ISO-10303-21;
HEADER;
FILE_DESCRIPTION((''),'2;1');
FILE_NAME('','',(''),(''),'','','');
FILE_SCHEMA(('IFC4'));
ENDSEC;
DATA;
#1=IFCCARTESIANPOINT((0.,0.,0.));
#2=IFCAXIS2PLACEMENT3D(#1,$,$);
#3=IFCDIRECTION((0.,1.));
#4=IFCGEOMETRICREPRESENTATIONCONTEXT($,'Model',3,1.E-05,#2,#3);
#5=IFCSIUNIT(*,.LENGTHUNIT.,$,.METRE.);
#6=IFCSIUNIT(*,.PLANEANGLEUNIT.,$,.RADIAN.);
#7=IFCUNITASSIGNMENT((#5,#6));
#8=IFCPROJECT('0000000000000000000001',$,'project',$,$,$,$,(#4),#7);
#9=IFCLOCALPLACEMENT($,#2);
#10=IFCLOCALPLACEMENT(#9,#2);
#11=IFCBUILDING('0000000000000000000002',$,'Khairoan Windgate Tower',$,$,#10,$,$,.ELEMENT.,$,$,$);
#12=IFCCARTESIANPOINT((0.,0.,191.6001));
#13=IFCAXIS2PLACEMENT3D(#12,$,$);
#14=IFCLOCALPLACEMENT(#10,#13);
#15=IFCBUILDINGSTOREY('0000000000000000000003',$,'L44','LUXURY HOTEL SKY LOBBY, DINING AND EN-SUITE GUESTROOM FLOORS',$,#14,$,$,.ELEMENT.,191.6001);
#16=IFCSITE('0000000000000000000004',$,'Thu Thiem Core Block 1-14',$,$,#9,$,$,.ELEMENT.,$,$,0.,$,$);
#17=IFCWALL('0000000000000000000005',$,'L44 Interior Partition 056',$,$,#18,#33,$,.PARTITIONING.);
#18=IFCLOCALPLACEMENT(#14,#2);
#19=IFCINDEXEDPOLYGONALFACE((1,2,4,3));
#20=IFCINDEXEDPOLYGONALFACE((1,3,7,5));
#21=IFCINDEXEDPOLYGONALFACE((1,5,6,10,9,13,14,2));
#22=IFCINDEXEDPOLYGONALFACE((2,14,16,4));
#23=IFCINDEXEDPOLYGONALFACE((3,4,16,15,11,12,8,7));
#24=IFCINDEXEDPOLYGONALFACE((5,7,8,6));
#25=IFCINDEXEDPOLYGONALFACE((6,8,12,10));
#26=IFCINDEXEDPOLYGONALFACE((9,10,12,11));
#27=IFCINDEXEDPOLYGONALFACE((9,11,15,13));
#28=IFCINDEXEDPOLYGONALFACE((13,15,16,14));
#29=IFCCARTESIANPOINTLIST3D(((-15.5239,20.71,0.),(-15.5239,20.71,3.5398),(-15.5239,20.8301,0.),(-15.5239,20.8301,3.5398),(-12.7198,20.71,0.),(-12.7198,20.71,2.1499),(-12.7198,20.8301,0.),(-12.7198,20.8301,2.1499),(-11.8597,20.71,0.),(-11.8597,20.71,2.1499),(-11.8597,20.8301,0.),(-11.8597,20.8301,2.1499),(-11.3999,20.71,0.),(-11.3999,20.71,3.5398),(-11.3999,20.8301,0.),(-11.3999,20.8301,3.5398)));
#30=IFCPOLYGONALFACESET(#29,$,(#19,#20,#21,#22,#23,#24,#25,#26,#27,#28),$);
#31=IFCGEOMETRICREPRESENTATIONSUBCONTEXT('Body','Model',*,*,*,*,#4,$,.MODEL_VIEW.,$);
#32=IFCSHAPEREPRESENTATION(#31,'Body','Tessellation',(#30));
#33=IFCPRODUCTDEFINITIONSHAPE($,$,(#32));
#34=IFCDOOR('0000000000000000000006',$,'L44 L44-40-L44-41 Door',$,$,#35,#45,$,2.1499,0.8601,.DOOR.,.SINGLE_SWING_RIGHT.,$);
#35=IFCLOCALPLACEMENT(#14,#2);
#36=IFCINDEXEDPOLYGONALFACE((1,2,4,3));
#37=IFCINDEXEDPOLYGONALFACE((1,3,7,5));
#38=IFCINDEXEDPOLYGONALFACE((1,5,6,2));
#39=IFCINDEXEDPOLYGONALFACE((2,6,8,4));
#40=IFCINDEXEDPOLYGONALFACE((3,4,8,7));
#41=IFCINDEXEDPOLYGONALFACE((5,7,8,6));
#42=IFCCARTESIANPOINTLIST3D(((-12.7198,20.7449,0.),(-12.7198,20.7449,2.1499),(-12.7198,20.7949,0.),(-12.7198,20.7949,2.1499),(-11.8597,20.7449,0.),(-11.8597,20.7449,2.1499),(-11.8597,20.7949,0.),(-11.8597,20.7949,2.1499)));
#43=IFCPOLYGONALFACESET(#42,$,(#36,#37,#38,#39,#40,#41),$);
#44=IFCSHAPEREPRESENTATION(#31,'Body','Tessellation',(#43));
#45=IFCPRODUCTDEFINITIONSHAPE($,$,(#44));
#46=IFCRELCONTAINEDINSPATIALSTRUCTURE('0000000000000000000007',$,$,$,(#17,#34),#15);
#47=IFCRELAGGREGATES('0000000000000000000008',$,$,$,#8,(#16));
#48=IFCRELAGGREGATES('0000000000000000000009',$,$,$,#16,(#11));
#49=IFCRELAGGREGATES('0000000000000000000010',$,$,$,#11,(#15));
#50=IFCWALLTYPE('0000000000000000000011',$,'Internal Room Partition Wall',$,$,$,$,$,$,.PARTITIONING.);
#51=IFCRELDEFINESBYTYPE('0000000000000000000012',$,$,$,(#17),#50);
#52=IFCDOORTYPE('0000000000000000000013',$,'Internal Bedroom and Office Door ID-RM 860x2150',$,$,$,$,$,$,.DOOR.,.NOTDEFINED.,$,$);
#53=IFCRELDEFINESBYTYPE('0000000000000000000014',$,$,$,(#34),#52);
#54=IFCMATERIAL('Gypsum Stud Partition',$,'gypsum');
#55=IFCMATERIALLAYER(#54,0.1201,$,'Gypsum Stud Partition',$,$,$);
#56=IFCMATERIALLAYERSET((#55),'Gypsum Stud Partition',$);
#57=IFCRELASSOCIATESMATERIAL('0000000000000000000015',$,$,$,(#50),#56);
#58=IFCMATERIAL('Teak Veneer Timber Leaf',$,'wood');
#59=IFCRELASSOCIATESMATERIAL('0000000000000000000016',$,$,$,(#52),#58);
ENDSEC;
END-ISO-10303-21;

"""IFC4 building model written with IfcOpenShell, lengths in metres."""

from ifc_helpers import new_model, si_unit, direction, frame, frame_2d, origin, place, context, subcontext, project, spatial, rectangle, extrude, material, layer, layer_set, type_object, element, fill, save


model = new_model("IFC4")

# Units and contexts
model_context = context("Model", 3, precision=1e-05, world=origin(), true_north=direction((0.0, 1.0)))
body_context = subcontext(model_context, "Body", "Model", "MODEL_VIEW")
ifc_project = project(units=[si_unit("LENGTHUNIT", "METRE"), si_unit("PLANEANGLEUNIT", "RADIAN")], contexts=[model_context])

# Site, building, storey
site_placement = place(None, origin())
site = spatial("IfcSite", under=ifc_project, at=site_placement, Name="Thu Thiem Core Block 1-14", CompositionType="ELEMENT", RefElevation=0.0)
building_placement = place(site_placement, origin())
building = spatial("IfcBuilding", under=site, at=building_placement, Name="Khairoan Windgate Tower", CompositionType="ELEMENT")
storey_placement = place(building_placement, frame((0.0, 0.0, 191.6001)))
storey = spatial("IfcBuildingStorey", under=building, at=storey_placement, Name="L44", Description="LUXURY HOTEL SKY LOBBY, DINING AND EN-SUITE GUESTROOM FLOORS", CompositionType="ELEMENT", Elevation=191.6001)

# Wall, opening, door
ifc_material_1 = material(Name="Gypsum Stud Partition", Category="gypsum")
ifc_layer_1 = layer(ifc_material_1, 0.1201, Name="Gypsum Stud Partition")
ifc_layer_set_1 = layer_set([ifc_layer_1], Name="Gypsum Stud Partition")
wall_type_1 = type_object("IfcWallType", Name="Internal Room Partition Wall", PredefinedType="PARTITIONING", material=ifc_layer_set_1)
wall_1_placement = place(storey_placement, frame((-15.5239, 20.77, 0.0), z_axis=(0.0, 0.0, 1.0), x_axis=(1.0, 0.0, 0.0)))
wall_1 = element("IfcWall", 1, at=wall_1_placement, inside=storey, type_object=wall_type_1, Name="L44 Interior Partition 056", PredefinedType="PARTITIONING", context=body_context, shape_type="SweptSolid", body=[
    extrude(rectangle(XDim=4.124, YDim=0.1201, at=frame_2d((2.062, 0.0))), origin(), (0.0, 0.0, 1.0), 3.5398),
])
opening_1_placement = place(wall_1_placement, frame((2.804, 0.0, 0.0)))
opening_1 = element("IfcOpeningElement", 2, at=opening_1_placement, cuts=wall_1, PredefinedType="OPENING", context=body_context, shape_type="SweptSolid", body=[
    extrude(rectangle(XDim=0.8601, YDim=2.1499, at=frame_2d((0.4302, 1.075))), frame((0.0, 0.0701, 0.0), z_axis=(0.0, -1.0, 0.0), x_axis=(1.0, 0.0, 0.0)), (0.0, 0.0, 1.0), 0.1401),
])
ifc_material_2 = material(Name="Teak Veneer Timber Leaf", Category="wood")
door_type_1 = type_object("IfcDoorType", Name="Internal Bedroom and Office Door ID-RM 860x2150", OperationType="NOTDEFINED", PredefinedType="DOOR", material=ifc_material_2)
door_1_placement = place(opening_1_placement, origin())
door_1 = element("IfcDoor", 3, at=door_1_placement, inside=storey, type_object=door_type_1, Name="L44 L44-40-L44-41 Door", OperationType="SINGLE_SWING_RIGHT", OverallHeight=2.1499, OverallWidth=0.8601, PredefinedType="DOOR", context=body_context, shape_type="SweptSolid", body=[
    extrude(rectangle(XDim=0.8601, YDim=2.1499, at=frame_2d((0.4302, 1.075))), frame((0.0, 0.0249, 0.0), z_axis=(0.0, -1.0, 0.0), x_axis=(1.0, 0.0, 0.0)), (0.0, 0.0, 1.0), 0.05),
])
fill(opening_1, door_1)

save(model, "model.ifc")
